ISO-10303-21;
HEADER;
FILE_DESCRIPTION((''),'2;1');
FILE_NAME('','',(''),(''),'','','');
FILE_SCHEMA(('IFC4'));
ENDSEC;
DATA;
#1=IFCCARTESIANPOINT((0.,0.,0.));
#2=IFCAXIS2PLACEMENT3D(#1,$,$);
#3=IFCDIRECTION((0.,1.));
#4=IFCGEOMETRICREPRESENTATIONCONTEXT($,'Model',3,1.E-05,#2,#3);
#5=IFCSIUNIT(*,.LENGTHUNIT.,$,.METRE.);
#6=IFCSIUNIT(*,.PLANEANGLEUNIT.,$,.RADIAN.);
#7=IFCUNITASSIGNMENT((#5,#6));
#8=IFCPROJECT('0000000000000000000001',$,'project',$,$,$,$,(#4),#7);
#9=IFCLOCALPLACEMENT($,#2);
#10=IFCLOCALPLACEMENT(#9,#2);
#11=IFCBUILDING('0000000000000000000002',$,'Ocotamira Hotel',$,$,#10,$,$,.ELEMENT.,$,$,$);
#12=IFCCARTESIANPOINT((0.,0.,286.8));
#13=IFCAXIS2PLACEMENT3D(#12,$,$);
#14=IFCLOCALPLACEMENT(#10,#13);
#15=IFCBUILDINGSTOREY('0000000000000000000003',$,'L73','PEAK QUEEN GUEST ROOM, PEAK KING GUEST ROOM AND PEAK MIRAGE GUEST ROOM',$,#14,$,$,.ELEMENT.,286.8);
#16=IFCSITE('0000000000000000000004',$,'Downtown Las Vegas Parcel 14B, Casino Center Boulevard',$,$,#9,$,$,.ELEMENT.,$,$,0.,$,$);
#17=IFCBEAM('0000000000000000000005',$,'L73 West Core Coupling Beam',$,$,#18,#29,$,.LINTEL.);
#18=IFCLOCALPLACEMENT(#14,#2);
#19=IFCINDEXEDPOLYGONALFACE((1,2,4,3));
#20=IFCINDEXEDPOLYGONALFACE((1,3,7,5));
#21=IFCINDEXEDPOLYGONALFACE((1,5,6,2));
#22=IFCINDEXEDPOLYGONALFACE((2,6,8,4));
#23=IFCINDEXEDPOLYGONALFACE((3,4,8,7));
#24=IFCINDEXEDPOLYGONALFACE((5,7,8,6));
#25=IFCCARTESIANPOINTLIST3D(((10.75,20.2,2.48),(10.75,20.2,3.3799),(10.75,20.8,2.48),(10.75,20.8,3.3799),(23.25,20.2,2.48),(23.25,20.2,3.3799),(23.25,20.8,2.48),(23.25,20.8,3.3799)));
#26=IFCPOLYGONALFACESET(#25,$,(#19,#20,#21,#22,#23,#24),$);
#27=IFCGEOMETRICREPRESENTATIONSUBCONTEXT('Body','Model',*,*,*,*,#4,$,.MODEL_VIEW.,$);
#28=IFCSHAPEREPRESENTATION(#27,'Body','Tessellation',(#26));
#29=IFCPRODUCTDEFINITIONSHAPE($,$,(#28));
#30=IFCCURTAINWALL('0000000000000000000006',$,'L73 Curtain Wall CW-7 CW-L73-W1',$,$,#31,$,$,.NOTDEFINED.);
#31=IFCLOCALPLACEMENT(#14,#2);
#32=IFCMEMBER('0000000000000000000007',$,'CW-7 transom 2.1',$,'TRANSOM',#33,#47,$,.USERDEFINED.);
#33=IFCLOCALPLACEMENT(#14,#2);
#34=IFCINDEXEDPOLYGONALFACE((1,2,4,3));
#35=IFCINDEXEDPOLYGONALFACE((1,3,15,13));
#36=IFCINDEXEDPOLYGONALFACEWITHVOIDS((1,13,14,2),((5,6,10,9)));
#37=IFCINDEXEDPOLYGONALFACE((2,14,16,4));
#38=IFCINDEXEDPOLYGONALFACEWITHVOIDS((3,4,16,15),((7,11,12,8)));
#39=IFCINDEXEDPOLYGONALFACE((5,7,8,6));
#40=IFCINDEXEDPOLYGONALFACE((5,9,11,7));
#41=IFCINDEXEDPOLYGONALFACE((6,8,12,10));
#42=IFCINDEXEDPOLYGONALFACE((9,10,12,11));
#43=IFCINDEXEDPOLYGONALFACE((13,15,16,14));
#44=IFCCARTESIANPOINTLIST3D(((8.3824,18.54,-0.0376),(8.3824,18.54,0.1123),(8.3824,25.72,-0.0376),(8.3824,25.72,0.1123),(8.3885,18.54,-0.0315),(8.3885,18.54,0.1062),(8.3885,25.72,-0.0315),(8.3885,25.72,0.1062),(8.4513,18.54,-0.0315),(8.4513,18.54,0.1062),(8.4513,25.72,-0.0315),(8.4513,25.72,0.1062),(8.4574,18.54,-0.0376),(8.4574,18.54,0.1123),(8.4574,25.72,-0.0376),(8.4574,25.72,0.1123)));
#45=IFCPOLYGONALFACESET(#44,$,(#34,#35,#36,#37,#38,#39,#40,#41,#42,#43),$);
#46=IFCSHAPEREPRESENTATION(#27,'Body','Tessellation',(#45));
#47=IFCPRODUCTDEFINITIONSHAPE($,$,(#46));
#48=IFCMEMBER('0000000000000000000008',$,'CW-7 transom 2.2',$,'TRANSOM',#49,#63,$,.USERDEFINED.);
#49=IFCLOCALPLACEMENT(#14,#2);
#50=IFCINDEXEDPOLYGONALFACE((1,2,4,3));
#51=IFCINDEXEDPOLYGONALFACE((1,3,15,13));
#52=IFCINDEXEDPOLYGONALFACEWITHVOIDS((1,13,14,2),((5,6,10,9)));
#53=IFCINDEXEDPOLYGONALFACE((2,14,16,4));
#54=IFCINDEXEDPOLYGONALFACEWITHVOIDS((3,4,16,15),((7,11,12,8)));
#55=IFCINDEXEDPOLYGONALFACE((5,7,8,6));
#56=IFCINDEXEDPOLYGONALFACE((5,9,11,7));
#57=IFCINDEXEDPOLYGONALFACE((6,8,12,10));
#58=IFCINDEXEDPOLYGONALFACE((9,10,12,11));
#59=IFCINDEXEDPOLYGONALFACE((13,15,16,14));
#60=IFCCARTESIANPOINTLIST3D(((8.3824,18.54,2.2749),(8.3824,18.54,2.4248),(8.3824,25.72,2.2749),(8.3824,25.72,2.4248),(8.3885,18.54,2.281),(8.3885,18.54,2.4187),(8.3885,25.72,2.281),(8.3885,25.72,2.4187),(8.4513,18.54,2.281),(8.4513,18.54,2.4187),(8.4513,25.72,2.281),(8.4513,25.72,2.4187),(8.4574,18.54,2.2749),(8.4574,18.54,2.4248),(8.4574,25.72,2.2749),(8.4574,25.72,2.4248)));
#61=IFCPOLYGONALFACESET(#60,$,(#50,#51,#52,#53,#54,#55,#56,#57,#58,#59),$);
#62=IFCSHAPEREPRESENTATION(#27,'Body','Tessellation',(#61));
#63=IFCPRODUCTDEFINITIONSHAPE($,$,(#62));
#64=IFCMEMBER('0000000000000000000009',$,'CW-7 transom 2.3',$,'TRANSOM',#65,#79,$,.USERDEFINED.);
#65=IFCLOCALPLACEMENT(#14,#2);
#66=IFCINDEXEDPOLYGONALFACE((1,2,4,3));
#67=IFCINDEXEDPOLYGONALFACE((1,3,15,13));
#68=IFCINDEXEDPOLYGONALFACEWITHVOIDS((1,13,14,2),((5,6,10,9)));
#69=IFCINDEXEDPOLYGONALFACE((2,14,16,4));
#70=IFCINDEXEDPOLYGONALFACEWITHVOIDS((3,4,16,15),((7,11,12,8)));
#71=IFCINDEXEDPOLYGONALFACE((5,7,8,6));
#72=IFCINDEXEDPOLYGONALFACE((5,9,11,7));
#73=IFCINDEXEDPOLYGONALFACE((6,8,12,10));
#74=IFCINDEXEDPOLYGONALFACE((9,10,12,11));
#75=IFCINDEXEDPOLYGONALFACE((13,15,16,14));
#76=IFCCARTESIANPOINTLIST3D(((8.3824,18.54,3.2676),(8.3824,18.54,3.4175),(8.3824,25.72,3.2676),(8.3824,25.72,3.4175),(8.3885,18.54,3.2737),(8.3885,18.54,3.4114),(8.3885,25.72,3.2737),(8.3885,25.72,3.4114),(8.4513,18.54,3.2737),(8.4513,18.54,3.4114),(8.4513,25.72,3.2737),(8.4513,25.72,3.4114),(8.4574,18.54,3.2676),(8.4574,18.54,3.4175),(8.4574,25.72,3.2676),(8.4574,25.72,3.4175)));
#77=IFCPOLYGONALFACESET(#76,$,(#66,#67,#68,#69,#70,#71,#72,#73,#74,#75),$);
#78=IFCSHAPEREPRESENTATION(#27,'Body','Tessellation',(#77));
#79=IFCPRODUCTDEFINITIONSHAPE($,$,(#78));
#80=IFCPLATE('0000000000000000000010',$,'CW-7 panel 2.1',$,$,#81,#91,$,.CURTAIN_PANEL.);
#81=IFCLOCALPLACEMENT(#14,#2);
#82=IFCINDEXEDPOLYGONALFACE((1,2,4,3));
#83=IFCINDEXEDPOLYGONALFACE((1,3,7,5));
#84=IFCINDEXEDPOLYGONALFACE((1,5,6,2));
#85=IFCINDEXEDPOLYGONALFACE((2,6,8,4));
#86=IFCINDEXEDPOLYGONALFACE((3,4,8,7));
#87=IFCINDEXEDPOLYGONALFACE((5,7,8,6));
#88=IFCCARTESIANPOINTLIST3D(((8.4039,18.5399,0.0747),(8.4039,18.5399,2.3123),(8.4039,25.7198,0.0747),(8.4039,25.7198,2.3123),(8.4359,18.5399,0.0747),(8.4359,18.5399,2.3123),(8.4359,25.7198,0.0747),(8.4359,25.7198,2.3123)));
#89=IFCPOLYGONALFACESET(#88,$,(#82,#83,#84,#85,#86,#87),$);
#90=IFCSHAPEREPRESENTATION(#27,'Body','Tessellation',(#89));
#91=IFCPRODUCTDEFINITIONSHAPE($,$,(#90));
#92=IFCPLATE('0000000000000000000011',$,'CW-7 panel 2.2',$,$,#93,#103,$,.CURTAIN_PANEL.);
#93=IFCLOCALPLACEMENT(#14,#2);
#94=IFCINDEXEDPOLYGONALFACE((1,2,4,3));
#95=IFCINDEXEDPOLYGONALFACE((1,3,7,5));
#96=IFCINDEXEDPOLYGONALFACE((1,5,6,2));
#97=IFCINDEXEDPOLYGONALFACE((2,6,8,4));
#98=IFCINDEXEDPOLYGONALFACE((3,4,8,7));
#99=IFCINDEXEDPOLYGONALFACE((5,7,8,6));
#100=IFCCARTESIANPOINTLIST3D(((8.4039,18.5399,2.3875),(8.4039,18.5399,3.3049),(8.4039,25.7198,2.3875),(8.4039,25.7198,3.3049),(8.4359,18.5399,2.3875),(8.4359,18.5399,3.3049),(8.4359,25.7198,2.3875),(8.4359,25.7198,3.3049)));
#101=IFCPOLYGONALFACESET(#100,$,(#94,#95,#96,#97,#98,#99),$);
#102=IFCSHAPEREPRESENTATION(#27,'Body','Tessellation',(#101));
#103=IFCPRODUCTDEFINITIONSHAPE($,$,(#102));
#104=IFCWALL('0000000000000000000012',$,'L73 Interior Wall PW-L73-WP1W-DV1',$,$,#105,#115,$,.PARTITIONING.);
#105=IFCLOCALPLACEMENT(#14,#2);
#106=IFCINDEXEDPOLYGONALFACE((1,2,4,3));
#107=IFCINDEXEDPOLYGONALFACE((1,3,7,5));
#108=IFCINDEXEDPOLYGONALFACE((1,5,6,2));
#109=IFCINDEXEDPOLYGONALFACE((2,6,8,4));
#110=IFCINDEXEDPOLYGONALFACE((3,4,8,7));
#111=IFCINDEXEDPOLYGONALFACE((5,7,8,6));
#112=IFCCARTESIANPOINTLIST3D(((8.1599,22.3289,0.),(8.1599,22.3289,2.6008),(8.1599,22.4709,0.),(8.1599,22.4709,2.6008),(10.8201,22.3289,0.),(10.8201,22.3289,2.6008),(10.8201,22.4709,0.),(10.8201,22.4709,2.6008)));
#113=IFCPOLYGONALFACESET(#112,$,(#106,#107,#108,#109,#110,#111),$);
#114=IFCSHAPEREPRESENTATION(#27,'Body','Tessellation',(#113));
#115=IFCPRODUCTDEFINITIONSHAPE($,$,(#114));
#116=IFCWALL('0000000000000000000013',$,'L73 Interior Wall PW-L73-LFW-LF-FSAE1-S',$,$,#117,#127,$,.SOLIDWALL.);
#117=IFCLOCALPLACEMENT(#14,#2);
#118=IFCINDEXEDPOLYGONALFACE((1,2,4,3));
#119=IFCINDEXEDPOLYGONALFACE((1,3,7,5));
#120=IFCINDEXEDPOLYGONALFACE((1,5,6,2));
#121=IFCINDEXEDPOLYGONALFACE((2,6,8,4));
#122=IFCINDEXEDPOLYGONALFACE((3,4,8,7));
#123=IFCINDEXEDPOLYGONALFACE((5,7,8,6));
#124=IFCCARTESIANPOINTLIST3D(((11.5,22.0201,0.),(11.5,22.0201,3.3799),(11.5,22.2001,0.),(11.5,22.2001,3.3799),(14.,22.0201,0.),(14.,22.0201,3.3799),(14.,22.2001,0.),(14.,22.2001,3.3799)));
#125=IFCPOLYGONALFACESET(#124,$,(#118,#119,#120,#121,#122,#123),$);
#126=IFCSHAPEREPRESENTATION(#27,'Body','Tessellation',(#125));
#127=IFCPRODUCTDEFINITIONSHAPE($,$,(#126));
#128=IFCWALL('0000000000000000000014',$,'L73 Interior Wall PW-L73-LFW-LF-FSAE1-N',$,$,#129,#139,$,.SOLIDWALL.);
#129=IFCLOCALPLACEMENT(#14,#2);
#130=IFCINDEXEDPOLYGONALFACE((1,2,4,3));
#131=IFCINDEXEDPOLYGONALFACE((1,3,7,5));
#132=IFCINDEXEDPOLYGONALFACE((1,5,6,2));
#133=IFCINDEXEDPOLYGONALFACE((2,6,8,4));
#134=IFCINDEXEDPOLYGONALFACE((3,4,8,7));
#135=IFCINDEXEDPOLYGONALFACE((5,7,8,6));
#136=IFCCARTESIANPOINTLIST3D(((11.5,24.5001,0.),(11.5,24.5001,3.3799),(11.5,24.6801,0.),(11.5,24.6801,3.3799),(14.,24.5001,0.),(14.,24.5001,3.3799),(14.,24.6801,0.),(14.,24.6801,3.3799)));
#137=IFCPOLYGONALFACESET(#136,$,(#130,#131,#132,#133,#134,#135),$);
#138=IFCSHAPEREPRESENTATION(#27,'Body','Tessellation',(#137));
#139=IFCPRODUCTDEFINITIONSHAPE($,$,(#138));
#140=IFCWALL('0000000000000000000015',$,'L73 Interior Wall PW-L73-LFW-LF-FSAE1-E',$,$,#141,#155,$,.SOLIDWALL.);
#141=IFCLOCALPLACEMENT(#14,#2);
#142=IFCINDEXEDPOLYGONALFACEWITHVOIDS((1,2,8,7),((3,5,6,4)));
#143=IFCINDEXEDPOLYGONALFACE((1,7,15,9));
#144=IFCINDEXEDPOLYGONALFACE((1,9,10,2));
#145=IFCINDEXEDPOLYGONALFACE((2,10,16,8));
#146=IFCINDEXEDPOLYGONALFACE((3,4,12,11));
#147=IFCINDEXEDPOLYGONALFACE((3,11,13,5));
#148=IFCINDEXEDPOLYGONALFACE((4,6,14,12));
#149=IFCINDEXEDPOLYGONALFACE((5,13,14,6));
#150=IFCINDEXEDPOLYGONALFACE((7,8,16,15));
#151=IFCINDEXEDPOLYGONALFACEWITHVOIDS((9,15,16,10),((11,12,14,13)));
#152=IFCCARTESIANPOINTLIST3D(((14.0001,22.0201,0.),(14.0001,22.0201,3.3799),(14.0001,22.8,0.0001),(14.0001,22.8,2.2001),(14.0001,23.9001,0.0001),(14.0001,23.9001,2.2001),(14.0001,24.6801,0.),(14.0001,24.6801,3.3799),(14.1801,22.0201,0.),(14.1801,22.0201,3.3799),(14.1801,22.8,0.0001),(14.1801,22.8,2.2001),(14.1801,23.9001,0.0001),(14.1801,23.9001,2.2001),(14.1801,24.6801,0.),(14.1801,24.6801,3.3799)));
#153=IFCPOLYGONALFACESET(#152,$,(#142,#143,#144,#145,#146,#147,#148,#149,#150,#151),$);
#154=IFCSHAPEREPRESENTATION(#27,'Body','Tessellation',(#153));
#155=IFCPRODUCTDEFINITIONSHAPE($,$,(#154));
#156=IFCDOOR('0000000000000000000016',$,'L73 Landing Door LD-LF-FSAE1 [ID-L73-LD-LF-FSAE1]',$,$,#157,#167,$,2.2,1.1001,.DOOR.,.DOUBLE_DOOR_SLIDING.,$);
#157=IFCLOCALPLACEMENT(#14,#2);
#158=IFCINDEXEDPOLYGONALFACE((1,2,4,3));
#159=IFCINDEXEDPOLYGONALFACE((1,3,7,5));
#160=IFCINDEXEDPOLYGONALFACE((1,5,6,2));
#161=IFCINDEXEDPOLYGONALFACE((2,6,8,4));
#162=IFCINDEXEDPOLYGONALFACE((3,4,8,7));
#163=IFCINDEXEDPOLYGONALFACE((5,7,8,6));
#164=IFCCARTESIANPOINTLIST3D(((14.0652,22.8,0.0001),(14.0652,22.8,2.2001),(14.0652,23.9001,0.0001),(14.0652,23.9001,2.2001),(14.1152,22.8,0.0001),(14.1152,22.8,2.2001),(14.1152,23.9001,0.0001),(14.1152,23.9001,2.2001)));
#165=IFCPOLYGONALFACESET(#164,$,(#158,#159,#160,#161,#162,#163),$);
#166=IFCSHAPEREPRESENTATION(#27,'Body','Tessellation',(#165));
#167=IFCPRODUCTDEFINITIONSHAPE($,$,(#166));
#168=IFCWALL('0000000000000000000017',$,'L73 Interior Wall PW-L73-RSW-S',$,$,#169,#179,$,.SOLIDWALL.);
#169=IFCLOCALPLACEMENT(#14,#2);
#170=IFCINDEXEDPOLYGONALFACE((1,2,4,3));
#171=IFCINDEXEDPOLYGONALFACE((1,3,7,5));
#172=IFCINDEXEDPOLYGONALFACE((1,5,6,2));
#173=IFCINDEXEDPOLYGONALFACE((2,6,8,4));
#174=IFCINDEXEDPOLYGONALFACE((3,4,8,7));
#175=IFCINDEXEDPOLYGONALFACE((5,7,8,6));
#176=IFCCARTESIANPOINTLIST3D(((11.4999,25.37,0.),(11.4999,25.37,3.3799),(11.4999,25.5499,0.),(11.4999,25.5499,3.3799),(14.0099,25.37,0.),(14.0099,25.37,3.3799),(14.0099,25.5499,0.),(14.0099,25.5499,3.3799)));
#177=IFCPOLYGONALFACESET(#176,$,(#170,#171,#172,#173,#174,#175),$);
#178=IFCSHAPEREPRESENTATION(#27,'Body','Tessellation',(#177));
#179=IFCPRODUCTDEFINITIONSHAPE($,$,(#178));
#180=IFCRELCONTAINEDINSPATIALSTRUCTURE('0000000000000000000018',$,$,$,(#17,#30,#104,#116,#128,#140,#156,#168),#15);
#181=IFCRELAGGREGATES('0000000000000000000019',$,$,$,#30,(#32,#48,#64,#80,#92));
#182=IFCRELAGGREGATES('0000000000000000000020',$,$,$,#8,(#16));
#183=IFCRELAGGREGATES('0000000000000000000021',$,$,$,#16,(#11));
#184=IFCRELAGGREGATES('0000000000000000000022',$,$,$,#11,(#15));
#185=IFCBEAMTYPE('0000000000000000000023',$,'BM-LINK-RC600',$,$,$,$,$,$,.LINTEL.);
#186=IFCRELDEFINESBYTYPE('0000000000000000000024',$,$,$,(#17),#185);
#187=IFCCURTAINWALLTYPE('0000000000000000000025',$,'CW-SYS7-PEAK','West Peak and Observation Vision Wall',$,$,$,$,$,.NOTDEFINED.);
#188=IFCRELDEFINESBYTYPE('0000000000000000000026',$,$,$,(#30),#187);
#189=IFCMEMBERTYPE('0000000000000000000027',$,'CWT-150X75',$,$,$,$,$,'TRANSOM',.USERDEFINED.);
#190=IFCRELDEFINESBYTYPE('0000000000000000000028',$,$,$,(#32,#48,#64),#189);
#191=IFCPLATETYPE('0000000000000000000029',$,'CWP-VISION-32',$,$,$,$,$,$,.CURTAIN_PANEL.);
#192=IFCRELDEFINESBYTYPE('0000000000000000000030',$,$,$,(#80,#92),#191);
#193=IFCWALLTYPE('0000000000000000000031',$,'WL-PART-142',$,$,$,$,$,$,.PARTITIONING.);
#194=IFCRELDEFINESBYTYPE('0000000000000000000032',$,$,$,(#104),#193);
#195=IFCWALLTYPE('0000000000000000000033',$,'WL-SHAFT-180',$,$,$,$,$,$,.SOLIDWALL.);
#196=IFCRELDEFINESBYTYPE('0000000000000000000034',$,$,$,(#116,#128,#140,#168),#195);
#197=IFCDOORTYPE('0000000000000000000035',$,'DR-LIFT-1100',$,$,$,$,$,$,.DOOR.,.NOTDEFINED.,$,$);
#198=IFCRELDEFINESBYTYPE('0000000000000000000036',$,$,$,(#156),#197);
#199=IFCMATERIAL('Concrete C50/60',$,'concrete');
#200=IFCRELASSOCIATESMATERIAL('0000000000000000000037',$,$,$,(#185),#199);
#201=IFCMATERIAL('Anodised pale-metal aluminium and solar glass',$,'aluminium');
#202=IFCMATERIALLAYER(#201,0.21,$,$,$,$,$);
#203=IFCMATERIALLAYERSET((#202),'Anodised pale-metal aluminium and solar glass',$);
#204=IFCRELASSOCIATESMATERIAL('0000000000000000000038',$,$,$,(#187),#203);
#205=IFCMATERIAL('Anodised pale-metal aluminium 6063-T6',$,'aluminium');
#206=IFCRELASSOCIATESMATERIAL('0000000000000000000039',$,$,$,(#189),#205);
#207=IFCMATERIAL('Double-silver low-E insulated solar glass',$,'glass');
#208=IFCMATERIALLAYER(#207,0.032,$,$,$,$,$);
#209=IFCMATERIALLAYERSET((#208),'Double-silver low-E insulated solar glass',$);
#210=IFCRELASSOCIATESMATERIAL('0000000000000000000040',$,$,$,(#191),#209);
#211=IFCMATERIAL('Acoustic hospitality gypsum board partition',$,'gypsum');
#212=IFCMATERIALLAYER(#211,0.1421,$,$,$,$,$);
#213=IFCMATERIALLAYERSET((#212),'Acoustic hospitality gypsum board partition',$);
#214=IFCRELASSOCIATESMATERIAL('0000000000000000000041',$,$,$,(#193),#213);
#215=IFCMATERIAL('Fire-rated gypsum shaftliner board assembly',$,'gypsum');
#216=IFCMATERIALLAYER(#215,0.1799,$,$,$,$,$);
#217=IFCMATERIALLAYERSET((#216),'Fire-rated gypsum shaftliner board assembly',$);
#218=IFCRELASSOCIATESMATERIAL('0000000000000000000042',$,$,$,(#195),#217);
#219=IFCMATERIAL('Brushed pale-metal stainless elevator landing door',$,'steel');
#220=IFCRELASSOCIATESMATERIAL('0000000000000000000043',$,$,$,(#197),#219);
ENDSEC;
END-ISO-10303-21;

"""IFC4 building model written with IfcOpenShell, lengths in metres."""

from ifc_helpers import new_model, si_unit, direction, frame, frame_2d, origin, origin_2d, place, context, subcontext, project, spatial, rectangle, hollow_rectangle, extrude, source, transform, mapped, material, layer, layer_set, material_profile, profile_set, type_object, element, fill, aggregate, save


model = new_model("IFC4")

# Units and contexts
model_context = context("Model", 3, precision=1e-05, world=origin(), true_north=direction((0.0, 1.0)))
body_context = subcontext(model_context, "Body", "Model", "MODEL_VIEW")
ifc_project = project(units=[si_unit("LENGTHUNIT", "METRE"), si_unit("PLANEANGLEUNIT", "RADIAN")], contexts=[model_context])

# Site, building, storey
site_placement = place(None, origin())
site = spatial("IfcSite", under=ifc_project, at=site_placement, Name="Downtown Las Vegas Parcel 14B, Casino Center Boulevard", CompositionType="ELEMENT", RefElevation=0.0)
building_placement = place(site_placement, origin())
building = spatial("IfcBuilding", under=site, at=building_placement, Name="Ocotamira Hotel", CompositionType="ELEMENT")
storey_placement = place(building_placement, frame((0.0, 0.0, 286.8)))
storey = spatial("IfcBuildingStorey", under=building, at=storey_placement, Name="L73", Description="PEAK QUEEN GUEST ROOM, PEAK KING GUEST ROOM AND PEAK MIRAGE GUEST ROOM", CompositionType="ELEMENT", Elevation=286.8)

# Beam
ifc_material_1 = material(Name="Concrete C50/60", Category="concrete")
ifc_material_profile_1 = material_profile(ifc_material_1, rectangle(XDim=0.6001, YDim=0.8999, at=origin_2d()), Name="RC600X900")
ifc_profile_set_1 = profile_set([ifc_material_profile_1], Name="Concrete C50/60")
beam_type = type_object("IfcBeamType", Name="BM-LINK-RC600", PredefinedType="LINTEL", material=ifc_profile_set_1)
shared_shape_1 = source(origin(), body_context, "Body", "SweptSolid", [
    extrude(rectangle(XDim=0.6001, YDim=0.8999, at=origin_2d()), origin(), (0.0, 0.0, 1.0), 12.5),
])
beam_placement = place(storey_placement, frame((10.75, 20.5, 2.9299), z_axis=(1.0, 0.0, 0.0), x_axis=(0.0, 1.0, 0.0)))
element("IfcBeam", 1, at=beam_placement, inside=storey, type_object=beam_type, Name="L73 West Core Coupling Beam", PredefinedType="LINTEL", context=body_context, shape_type="MappedRepresentation", body=[
    mapped(shared_shape_1, transform((0.0, 0.0, 0.0), scale=1.0)),
])

# Curtain wall, members, plates
ifc_material_2 = material(Name="Anodised pale-metal aluminium and solar glass", Category="aluminium")
ifc_layer_1 = layer(ifc_material_2, 0.21)
ifc_layer_set_1 = layer_set([ifc_layer_1], Name="Anodised pale-metal aluminium and solar glass")
curtain_wall_type = type_object("IfcCurtainWallType", Name="CW-SYS7-PEAK", Description="West Peak and Observation Vision Wall", PredefinedType="NOTDEFINED", material=ifc_layer_set_1)
curtain_wall_placement = place(storey_placement, origin())
curtain_wall = element("IfcCurtainWall", 2, at=curtain_wall_placement, inside=storey, type_object=curtain_wall_type, Name="L73 Curtain Wall CW-7 CW-L73-W1", PredefinedType="NOTDEFINED")
ifc_material_3 = material(Name="Anodised pale-metal aluminium 6063-T6", Category="aluminium")
ifc_material_profile_2 = material_profile(ifc_material_3, hollow_rectangle(XDim=0.075, YDim=0.1499, WallThickness=0.0061, at=origin_2d()), Name="HSS150X75X6")
ifc_profile_set_2 = profile_set([ifc_material_profile_2], Name="Anodised pale-metal aluminium 6063-T6")
member_type = type_object("IfcMemberType", Name="CWT-150X75", ElementType="TRANSOM", PredefinedType="USERDEFINED", material=ifc_profile_set_2)
shared_shape_2 = source(origin(), body_context, "Body", "SweptSolid", [
    extrude(hollow_rectangle(XDim=0.075, YDim=0.1499, WallThickness=0.0061, at=origin_2d()), origin(), (0.0, 0.0, 1.0), 7.1799),
])
member_1_placement = place(storey_placement, frame((8.4199, 18.54, 0.0374), z_axis=(0.0, 1.0, 0.0), x_axis=(-1.0, 0.0, 0.0)))
member_1 = element("IfcMember", 3, at=member_1_placement, type_object=member_type, Name="CW-7 transom 2.1", ObjectType="TRANSOM", PredefinedType="USERDEFINED", context=body_context, shape_type="MappedRepresentation", body=[
    mapped(shared_shape_2, transform((0.0, 0.0, 0.0), scale=1.0)),
])
member_2_placement = place(storey_placement, frame((8.4199, 18.54, 2.3499), z_axis=(0.0, 1.0, 0.0), x_axis=(-1.0, 0.0, 0.0)))
member_2 = element("IfcMember", 4, at=member_2_placement, type_object=member_type, Name="CW-7 transom 2.2", ObjectType="TRANSOM", PredefinedType="USERDEFINED", context=body_context, shape_type="MappedRepresentation", body=[
    mapped(shared_shape_2, transform((0.0, 0.0, 0.0), scale=1.0)),
])
member_3_placement = place(storey_placement, frame((8.4199, 18.54, 3.3425), z_axis=(0.0, 1.0, 0.0), x_axis=(-1.0, 0.0, 0.0)))
member_3 = element("IfcMember", 5, at=member_3_placement, type_object=member_type, Name="CW-7 transom 2.3", ObjectType="TRANSOM", PredefinedType="USERDEFINED", context=body_context, shape_type="MappedRepresentation", body=[
    mapped(shared_shape_2, transform((0.0, 0.0, 0.0), scale=1.0)),
])
ifc_material_4 = material(Name="Double-silver low-E insulated solar glass", Category="glass")
ifc_layer_2 = layer(ifc_material_4, 0.032)
ifc_layer_set_2 = layer_set([ifc_layer_2], Name="Double-silver low-E insulated solar glass")
plate_type = type_object("IfcPlateType", Name="CWP-VISION-32", PredefinedType="CURTAIN_PANEL", material=ifc_layer_set_2)
shared_shape_3 = source(origin(), body_context, "Body", "SweptSolid", [
    extrude(rectangle(XDim=7.1799, YDim=0.032, at=origin_2d()), origin(), (0.0, 0.0, 1.0), 2.2375),
])
plate_1_placement = place(storey_placement, frame((8.4199, 22.1299, 0.0747), z_axis=(0.0, 0.0, 1.0), x_axis=(0.0, 1.0, 0.0)))
plate_1 = element("IfcPlate", 6, at=plate_1_placement, type_object=plate_type, Name="CW-7 panel 2.1", PredefinedType="CURTAIN_PANEL", context=body_context, shape_type="MappedRepresentation", body=[
    mapped(shared_shape_3, transform((0.0, 0.0, 0.0), scale=1.0)),
])
shared_shape_4 = source(origin(), body_context, "Body", "SweptSolid", [
    extrude(rectangle(XDim=7.1799, YDim=0.032, at=origin_2d()), origin(), (0.0, 0.0, 1.0), 0.9175),
])
plate_2_placement = place(storey_placement, frame((8.4199, 22.1299, 2.3875), z_axis=(0.0, 0.0, 1.0), x_axis=(0.0, 1.0, 0.0)))
plate_2 = element("IfcPlate", 7, at=plate_2_placement, type_object=plate_type, Name="CW-7 panel 2.2", PredefinedType="CURTAIN_PANEL", context=body_context, shape_type="MappedRepresentation", body=[
    mapped(shared_shape_4, transform((0.0, 0.0, 0.0), scale=1.0)),
])
aggregate(curtain_wall, [member_1, member_2, member_3, plate_1, plate_2])

# Walls
ifc_material_5 = material(Name="Acoustic hospitality gypsum board partition", Category="gypsum")
ifc_layer_3 = layer(ifc_material_5, 0.1421)
ifc_layer_set_3 = layer_set([ifc_layer_3], Name="Acoustic hospitality gypsum board partition")
wall_type_1 = type_object("IfcWallType", Name="WL-PART-142", PredefinedType="PARTITIONING", material=ifc_layer_set_3)
wall_1_placement = place(storey_placement, frame((8.1599, 22.3999, 0.0), z_axis=(0.0, 0.0, 1.0), x_axis=(1.0, 0.0, 0.0)))
element("IfcWall", 8, at=wall_1_placement, inside=storey, type_object=wall_type_1, Name="L73 Interior Wall PW-L73-WP1W-DV1", PredefinedType="PARTITIONING", context=body_context, shape_type="SweptSolid", body=[
    extrude(rectangle(XDim=2.6602, YDim=0.1421, at=frame_2d((1.3301, 0.0))), origin(), (0.0, 0.0, 1.0), 2.6008),
])
ifc_material_6 = material(Name="Fire-rated gypsum shaftliner board assembly", Category="gypsum")
ifc_layer_4 = layer(ifc_material_6, 0.1799)
ifc_layer_set_4 = layer_set([ifc_layer_4], Name="Fire-rated gypsum shaftliner board assembly")
wall_type_2 = type_object("IfcWallType", Name="WL-SHAFT-180", PredefinedType="SOLIDWALL", material=ifc_layer_set_4)
for number, where, z_axis, x_axis, name in (
    (9, (11.5, 22.1101, 0.0), (0.0, 0.0, 1.0), (1.0, 0.0, 0.0), "L73 Interior Wall PW-L73-LFW-LF-FSAE1-S"),
    (10, (11.5, 24.5901, 0.0), (0.0, 0.0, 1.0), (1.0, 0.0, 0.0), "L73 Interior Wall PW-L73-LFW-LF-FSAE1-N"),
):
    element("IfcWall", number, at=place(storey_placement, frame(where, z_axis=z_axis, x_axis=x_axis)), inside=storey, type_object=wall_type_2, Name=name, PredefinedType="SOLIDWALL", context=body_context, shape_type="SweptSolid", body=[
        extrude(rectangle(XDim=2.5, YDim=0.1799, at=frame_2d((1.25, 0.0))), origin(), (0.0, 0.0, 1.0), 3.3799),
    ])

# Wall, opening, door
wall_2_placement = place(storey_placement, frame((14.0901, 22.02, 0.0), z_axis=(0.0, 0.0, 1.0), x_axis=(0.0, 1.0, 0.0)))
wall_2 = element("IfcWall", 11, at=wall_2_placement, inside=storey, type_object=wall_type_2, Name="L73 Interior Wall PW-L73-LFW-LF-FSAE1-E", PredefinedType="SOLIDWALL", context=body_context, shape_type="SweptSolid", body=[
    extrude(rectangle(XDim=2.6599, YDim=0.1799, at=frame_2d((1.3301, 0.0))), origin(), (0.0, 0.0, 1.0), 3.3799),
])
opening_1_placement = place(wall_2_placement, frame((0.78, 0.0, 0.0)))
opening_1 = element("IfcOpeningElement", 12, at=opening_1_placement, cuts=wall_2, PredefinedType="OPENING", context=body_context, shape_type="SweptSolid", body=[
    extrude(rectangle(XDim=1.1001, YDim=2.2, at=frame_2d((0.55, 1.1001))), frame((0.0, 0.1001, 0.0), z_axis=(0.0, -1.0, 0.0), x_axis=(1.0, 0.0, 0.0)), (0.0, 0.0, 1.0), 0.2),
])
ifc_material_7 = material(Name="Brushed pale-metal stainless elevator landing door", Category="steel")
door_type_1 = type_object("IfcDoorType", Name="DR-LIFT-1100", OperationType="NOTDEFINED", PredefinedType="DOOR", material=ifc_material_7)
shared_shape_5 = source(origin(), body_context, "Body", "SweptSolid", [
    extrude(rectangle(XDim=1.1001, YDim=2.2, at=frame_2d((0.55, 1.1001))), frame((0.0, 0.0249, 0.0), z_axis=(0.0, -1.0, 0.0), x_axis=(1.0, 0.0, 0.0)), (0.0, 0.0, 1.0), 0.05),
])
door_1_placement = place(opening_1_placement, origin())
door_1 = element("IfcDoor", 13, at=door_1_placement, inside=storey, type_object=door_type_1, Name="L73 Landing Door LD-LF-FSAE1 [ID-L73-LD-LF-FSAE1]", OperationType="DOUBLE_DOOR_SLIDING", OverallHeight=2.2, OverallWidth=1.1001, PredefinedType="DOOR", context=body_context, shape_type="MappedRepresentation", body=[
    mapped(shared_shape_5, transform((0.0, 0.0, 0.0), scale=1.0)),
])
fill(opening_1, door_1)

# Wall
wall_3_placement = place(storey_placement, frame((11.5, 25.46, 0.0), z_axis=(0.0, 0.0, 1.0), x_axis=(1.0, 0.0, 0.0)))
element("IfcWall", 14, at=wall_3_placement, inside=storey, type_object=wall_type_2, Name="L73 Interior Wall PW-L73-RSW-S", PredefinedType="SOLIDWALL", context=body_context, shape_type="SweptSolid", body=[
    extrude(rectangle(XDim=2.51, YDim=0.1799, at=frame_2d((1.2549, 0.0))), origin(), (0.0, 0.0, 1.0), 3.3799),
])

save(model, "model.ifc")
